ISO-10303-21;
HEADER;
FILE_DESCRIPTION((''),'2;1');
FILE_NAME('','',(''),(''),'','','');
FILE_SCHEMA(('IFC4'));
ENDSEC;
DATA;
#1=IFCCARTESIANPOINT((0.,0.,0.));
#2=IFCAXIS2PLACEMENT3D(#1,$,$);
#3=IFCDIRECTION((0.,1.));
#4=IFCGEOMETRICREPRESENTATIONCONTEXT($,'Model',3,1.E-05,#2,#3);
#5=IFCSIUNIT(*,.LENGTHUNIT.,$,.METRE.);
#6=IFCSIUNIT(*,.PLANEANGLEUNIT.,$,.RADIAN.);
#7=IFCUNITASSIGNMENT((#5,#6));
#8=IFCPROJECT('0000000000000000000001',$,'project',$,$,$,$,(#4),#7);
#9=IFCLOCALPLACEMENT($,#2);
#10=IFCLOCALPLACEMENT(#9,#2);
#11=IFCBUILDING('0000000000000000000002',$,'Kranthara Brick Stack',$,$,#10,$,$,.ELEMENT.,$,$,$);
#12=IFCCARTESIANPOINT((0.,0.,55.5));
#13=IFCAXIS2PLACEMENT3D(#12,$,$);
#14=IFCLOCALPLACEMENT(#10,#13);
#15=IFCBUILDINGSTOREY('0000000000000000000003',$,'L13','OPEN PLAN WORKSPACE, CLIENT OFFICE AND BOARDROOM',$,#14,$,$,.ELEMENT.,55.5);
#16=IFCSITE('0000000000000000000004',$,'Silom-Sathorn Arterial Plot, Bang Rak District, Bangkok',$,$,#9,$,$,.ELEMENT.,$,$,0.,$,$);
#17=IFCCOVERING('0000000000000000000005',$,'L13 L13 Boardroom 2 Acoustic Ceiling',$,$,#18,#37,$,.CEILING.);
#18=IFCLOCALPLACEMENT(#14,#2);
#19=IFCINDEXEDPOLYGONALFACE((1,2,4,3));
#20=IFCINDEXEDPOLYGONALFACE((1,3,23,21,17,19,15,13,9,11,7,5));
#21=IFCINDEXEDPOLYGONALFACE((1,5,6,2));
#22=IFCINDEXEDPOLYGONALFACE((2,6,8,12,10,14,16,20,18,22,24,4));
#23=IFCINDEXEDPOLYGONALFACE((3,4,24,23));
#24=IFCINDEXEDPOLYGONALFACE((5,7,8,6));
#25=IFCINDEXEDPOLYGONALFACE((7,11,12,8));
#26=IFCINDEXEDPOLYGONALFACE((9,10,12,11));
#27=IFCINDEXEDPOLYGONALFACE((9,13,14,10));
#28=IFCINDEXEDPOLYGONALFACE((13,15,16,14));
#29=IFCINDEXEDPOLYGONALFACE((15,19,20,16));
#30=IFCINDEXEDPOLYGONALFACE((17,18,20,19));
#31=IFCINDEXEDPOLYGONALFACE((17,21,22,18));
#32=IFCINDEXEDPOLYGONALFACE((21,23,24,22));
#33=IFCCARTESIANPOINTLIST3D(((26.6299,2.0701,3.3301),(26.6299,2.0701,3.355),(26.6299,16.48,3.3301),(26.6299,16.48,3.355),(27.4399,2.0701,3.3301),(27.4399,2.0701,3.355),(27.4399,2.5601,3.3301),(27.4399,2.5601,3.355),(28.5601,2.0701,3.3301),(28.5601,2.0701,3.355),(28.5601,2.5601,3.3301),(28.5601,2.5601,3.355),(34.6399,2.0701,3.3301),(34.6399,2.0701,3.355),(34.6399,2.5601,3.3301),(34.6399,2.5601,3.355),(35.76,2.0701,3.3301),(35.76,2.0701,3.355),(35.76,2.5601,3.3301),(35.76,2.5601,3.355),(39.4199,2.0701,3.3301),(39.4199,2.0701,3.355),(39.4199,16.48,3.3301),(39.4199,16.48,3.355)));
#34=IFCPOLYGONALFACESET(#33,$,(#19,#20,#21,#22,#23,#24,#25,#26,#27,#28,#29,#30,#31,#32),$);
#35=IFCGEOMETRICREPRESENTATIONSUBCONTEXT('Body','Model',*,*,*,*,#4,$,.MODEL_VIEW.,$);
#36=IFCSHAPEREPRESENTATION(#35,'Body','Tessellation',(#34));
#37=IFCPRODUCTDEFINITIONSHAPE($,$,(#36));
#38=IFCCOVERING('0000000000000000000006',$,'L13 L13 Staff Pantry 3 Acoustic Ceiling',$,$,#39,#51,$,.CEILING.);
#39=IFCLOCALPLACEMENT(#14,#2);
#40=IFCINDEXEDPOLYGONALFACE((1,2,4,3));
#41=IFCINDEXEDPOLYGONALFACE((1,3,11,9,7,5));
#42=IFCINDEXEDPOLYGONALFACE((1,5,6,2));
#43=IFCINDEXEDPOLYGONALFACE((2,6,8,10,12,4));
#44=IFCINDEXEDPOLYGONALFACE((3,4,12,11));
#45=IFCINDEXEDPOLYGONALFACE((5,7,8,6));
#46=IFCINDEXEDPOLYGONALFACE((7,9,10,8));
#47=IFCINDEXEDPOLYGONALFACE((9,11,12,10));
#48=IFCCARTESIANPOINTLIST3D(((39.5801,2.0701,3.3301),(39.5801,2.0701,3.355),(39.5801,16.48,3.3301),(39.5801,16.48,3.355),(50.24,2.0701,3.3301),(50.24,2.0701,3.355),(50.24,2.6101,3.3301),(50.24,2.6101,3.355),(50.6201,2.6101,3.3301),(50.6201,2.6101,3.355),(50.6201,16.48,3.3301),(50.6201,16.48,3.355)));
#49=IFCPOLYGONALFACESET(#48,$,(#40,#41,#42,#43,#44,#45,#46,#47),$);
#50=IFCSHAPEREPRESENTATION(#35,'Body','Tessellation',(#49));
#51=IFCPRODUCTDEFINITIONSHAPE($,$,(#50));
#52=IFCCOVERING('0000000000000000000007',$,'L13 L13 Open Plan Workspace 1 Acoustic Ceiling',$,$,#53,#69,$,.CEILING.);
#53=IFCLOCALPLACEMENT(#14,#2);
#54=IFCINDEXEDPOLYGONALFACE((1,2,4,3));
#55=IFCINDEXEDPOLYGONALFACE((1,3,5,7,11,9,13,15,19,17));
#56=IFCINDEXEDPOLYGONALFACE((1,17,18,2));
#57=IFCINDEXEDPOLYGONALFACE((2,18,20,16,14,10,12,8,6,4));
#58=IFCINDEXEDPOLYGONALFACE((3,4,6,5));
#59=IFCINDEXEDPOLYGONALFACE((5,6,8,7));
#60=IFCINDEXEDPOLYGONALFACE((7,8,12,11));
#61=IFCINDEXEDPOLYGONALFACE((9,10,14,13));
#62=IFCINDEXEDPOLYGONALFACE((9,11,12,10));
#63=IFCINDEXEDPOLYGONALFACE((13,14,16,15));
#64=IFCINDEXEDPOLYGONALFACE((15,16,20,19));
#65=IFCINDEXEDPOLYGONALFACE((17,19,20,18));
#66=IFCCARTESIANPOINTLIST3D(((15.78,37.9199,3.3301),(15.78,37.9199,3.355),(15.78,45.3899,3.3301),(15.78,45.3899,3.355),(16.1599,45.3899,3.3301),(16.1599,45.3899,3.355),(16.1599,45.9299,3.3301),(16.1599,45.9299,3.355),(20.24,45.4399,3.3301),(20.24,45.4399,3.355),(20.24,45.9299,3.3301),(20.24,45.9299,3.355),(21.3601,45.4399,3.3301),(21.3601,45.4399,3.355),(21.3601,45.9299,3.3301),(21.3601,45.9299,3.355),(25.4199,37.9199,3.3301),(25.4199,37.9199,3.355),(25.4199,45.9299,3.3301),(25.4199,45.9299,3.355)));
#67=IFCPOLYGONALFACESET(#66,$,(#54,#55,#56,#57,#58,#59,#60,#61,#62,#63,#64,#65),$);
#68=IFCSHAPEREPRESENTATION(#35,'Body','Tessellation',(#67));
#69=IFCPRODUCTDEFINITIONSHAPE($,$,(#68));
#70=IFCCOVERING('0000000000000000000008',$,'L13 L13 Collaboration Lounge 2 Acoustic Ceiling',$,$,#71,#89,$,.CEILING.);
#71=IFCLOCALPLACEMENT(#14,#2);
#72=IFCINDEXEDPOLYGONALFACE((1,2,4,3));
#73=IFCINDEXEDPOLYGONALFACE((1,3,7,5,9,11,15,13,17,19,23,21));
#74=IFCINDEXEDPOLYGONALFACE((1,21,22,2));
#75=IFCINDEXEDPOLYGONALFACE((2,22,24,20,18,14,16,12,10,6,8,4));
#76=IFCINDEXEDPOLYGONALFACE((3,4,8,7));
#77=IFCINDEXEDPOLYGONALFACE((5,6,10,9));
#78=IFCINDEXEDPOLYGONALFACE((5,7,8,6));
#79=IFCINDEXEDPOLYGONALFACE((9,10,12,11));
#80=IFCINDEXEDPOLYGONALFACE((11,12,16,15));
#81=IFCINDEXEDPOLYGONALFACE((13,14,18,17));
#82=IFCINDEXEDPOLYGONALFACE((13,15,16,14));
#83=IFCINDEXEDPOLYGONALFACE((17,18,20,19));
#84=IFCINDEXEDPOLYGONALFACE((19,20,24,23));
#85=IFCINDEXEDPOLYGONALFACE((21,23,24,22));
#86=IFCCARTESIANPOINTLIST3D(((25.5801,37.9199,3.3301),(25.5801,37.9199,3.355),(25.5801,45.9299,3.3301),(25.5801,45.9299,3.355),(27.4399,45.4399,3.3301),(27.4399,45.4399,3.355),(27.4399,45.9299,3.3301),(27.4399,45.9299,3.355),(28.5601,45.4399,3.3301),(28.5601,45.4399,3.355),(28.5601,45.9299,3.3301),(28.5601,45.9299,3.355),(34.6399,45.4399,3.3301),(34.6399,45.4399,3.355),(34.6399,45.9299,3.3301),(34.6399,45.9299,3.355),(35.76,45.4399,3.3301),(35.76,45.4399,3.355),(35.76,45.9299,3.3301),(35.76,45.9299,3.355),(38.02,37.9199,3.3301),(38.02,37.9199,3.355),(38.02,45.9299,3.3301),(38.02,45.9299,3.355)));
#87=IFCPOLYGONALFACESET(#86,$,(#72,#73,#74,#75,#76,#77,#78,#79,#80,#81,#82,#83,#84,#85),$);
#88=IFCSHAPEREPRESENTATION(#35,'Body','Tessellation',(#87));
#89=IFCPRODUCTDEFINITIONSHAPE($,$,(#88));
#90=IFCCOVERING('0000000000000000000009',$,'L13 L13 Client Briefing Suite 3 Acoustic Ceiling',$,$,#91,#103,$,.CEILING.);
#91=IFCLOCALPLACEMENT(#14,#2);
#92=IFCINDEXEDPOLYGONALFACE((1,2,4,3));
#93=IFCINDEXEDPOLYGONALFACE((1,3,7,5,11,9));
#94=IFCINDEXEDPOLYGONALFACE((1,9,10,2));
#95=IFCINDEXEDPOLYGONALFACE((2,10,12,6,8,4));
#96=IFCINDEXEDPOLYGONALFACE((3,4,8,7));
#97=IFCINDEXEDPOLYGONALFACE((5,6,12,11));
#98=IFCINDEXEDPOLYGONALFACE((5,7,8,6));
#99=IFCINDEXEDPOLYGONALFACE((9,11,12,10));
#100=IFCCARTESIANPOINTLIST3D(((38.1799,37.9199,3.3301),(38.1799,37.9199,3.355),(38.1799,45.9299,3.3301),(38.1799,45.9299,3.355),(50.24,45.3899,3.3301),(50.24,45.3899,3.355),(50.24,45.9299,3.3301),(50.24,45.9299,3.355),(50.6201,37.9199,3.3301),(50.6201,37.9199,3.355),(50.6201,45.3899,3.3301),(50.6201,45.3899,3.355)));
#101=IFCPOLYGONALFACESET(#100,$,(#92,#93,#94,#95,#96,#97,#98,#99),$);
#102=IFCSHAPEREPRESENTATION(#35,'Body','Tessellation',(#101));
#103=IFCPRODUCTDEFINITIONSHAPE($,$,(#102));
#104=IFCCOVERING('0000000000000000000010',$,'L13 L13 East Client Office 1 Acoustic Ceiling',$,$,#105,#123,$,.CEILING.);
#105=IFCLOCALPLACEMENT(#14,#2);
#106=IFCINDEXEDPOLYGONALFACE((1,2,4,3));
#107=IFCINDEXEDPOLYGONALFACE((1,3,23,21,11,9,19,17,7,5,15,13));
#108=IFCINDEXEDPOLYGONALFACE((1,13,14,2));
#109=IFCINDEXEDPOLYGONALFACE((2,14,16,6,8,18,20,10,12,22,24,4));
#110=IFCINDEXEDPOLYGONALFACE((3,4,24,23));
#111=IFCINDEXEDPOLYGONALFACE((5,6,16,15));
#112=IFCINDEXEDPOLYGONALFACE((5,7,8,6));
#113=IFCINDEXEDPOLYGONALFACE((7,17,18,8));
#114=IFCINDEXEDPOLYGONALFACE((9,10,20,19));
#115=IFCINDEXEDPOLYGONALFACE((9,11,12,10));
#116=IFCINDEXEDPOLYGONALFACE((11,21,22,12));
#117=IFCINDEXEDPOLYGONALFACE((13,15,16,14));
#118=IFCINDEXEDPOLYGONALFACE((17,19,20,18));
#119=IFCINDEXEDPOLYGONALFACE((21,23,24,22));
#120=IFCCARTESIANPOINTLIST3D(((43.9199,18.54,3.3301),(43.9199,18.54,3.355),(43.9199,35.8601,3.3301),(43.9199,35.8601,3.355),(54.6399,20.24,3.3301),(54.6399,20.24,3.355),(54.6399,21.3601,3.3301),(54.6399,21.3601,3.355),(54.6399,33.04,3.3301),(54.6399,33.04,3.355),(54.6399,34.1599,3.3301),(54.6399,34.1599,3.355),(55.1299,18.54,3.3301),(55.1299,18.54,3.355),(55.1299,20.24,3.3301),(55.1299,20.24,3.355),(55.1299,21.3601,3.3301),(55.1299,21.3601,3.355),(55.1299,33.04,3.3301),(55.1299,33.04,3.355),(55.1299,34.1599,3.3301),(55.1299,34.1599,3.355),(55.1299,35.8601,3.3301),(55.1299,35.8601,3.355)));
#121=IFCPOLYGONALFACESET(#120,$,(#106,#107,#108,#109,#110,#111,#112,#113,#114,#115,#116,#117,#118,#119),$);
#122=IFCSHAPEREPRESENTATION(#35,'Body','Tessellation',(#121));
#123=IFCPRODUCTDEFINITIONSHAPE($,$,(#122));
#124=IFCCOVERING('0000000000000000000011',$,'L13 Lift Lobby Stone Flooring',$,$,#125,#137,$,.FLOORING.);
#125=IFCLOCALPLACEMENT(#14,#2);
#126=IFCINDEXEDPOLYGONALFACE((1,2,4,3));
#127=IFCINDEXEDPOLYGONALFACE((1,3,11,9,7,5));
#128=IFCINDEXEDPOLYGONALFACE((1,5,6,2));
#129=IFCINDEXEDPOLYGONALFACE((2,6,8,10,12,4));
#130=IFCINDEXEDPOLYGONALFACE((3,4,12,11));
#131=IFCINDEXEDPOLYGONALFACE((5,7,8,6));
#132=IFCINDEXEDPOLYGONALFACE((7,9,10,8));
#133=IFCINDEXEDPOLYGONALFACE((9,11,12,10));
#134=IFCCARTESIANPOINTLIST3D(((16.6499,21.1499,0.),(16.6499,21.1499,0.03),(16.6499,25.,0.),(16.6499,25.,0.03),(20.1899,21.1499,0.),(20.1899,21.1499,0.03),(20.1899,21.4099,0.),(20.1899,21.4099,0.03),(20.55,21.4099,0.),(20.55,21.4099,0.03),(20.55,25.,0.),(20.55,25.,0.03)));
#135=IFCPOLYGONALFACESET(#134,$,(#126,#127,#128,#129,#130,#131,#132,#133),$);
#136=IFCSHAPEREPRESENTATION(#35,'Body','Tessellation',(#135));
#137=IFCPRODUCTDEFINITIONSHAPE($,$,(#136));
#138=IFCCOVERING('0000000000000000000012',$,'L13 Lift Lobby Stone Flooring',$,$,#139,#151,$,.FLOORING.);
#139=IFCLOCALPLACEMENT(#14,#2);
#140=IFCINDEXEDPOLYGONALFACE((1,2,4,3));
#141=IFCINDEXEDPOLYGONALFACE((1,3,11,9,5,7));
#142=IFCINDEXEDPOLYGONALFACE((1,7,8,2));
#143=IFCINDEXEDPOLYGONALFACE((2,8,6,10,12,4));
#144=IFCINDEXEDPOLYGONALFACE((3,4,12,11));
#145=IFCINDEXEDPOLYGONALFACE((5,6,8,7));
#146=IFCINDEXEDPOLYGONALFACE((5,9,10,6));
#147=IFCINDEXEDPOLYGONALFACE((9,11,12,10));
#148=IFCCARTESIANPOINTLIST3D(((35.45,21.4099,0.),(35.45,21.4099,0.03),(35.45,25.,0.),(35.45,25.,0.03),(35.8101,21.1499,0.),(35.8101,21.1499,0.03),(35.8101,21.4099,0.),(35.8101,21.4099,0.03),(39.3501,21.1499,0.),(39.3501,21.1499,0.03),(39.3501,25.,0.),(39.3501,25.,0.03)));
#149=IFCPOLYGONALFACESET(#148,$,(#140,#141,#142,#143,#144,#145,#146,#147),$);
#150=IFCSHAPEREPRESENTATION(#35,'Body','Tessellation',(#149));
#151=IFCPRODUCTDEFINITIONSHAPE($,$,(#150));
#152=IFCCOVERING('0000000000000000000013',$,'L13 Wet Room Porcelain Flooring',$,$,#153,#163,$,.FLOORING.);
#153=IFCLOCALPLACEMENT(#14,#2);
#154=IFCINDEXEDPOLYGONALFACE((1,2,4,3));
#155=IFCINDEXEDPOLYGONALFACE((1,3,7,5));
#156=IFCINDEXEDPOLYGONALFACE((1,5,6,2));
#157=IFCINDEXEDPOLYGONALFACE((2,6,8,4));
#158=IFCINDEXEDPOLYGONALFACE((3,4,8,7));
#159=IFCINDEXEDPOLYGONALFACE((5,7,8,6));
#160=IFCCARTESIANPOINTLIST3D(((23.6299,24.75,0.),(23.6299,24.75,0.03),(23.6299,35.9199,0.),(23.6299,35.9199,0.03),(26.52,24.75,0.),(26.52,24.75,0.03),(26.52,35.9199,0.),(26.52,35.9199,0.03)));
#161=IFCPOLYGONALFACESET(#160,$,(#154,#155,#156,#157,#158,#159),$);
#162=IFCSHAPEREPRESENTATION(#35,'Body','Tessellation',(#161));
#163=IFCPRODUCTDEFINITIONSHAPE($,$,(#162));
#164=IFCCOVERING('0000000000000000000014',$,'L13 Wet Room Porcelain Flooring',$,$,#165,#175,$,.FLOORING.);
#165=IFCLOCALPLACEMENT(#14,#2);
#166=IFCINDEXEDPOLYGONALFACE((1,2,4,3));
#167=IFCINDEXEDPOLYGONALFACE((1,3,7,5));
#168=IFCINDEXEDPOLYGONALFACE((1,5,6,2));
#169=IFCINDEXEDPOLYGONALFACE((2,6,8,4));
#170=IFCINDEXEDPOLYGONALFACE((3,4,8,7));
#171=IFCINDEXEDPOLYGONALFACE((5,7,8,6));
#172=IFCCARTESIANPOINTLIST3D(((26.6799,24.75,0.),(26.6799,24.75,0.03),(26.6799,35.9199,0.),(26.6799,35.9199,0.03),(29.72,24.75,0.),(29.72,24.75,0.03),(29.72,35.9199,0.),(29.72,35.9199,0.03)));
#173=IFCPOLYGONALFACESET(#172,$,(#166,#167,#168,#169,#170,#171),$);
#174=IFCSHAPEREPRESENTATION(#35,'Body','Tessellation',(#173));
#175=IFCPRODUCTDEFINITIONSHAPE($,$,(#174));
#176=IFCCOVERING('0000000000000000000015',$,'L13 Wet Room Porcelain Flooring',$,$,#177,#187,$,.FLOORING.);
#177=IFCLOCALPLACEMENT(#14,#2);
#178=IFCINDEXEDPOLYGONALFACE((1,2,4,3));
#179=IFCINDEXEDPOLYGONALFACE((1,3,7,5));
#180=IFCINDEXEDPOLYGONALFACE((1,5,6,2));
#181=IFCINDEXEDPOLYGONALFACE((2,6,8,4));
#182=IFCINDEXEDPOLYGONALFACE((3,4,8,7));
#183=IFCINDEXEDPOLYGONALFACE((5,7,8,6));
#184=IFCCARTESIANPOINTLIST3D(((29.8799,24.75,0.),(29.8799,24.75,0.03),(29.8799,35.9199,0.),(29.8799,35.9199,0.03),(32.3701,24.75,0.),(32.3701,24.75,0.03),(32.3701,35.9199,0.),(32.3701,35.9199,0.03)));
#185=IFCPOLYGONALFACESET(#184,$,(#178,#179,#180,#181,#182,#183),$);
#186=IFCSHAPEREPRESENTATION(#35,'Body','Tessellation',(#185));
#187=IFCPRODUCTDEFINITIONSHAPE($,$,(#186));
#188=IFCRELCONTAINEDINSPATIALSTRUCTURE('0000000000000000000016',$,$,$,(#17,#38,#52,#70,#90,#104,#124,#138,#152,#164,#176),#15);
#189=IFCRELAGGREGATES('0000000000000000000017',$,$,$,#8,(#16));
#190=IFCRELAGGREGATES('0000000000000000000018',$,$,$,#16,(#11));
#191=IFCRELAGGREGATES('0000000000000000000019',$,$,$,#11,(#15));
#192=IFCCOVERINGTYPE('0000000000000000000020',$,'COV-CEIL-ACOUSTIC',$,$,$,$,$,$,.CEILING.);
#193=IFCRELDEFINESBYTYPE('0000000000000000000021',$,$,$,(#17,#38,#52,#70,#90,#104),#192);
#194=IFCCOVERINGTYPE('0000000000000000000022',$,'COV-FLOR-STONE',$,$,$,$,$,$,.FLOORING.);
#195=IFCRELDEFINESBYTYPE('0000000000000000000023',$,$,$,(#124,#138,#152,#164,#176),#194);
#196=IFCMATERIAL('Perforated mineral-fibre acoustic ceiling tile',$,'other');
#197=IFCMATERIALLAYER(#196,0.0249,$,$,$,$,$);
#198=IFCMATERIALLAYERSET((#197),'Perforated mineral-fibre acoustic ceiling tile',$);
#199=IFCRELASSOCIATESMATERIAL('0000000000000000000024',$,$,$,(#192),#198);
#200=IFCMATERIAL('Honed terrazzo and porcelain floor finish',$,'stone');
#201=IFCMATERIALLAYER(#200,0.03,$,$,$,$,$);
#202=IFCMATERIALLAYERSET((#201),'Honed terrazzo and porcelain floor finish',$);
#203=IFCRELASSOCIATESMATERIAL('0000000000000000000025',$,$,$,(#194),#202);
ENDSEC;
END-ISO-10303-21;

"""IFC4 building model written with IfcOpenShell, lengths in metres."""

from ifc_helpers import new_model, si_unit, direction, frame, origin, place, context, subcontext, project, spatial, polyline, outline, extrude, material, layer, layer_set, type_object, element, save


model = new_model("IFC4")

# Units and contexts
model_context = context("Model", 3, precision=1e-05, world=origin(), true_north=direction((0.0, 1.0)))
body_context = subcontext(model_context, "Body", "Model", "MODEL_VIEW")
ifc_project = project(units=[si_unit("LENGTHUNIT", "METRE"), si_unit("PLANEANGLEUNIT", "RADIAN")], contexts=[model_context])

# Site, building, storey
site_placement = place(None, origin())
site = spatial("IfcSite", under=ifc_project, at=site_placement, Name="Silom-Sathorn Arterial Plot, Bang Rak District, Bangkok", CompositionType="ELEMENT", RefElevation=0.0)
building_placement = place(site_placement, origin())
building = spatial("IfcBuilding", under=site, at=building_placement, Name="Kranthara Brick Stack", CompositionType="ELEMENT")
storey_placement = place(building_placement, frame((0.0, 0.0, 55.5)))
storey = spatial("IfcBuildingStorey", under=building, at=storey_placement, Name="L13", Description="OPEN PLAN WORKSPACE, CLIENT OFFICE AND BOARDROOM", CompositionType="ELEMENT", Elevation=55.5)

# Coverings
ifc_material_1 = material(Name="Perforated mineral-fibre acoustic ceiling tile", Category="other")
ifc_layer_1 = layer(ifc_material_1, 0.0249)
ifc_layer_set_1 = layer_set([ifc_layer_1], Name="Perforated mineral-fibre acoustic ceiling tile")
covering_type_1 = type_object("IfcCoveringType", Name="COV-CEIL-ACOUSTIC", PredefinedType="CEILING", material=ifc_layer_set_1)
covering_1_placement = place(storey_placement, frame((0.0, 0.0, 3.3301)))
element("IfcCovering", 1, at=covering_1_placement, inside=storey, type_object=covering_type_1, Name="L13 L13 Boardroom 2 Acoustic Ceiling", PredefinedType="CEILING", context=body_context, shape_type="SweptSolid", body=[
    extrude(outline(polyline([(26.6299, 16.48), (39.4199, 16.48), (39.4199, 2.0701), (35.76, 2.0701), (35.76, 2.5601), (34.6399, 2.5601), (34.6399, 2.0701), (28.5601, 2.0701), (28.5601, 2.5601), (27.4399, 2.5601), (27.4399, 2.0701), (26.6299, 2.0701), (26.6299, 16.48)])), origin(), (0.0, 0.0, 1.0), 0.0249),
])
covering_2_placement = place(storey_placement, frame((0.0, 0.0, 3.3301)))
element("IfcCovering", 2, at=covering_2_placement, inside=storey, type_object=covering_type_1, Name="L13 L13 Staff Pantry 3 Acoustic Ceiling", PredefinedType="CEILING", context=body_context, shape_type="SweptSolid", body=[
    extrude(outline(polyline([(39.5801, 2.0701), (39.5801, 16.48), (50.6201, 16.48), (50.6201, 2.6101), (50.24, 2.6101), (50.24, 2.0701), (39.5801, 2.0701)])), origin(), (0.0, 0.0, 1.0), 0.0249),
])
covering_3_placement = place(storey_placement, frame((0.0, 0.0, 3.3301)))
element("IfcCovering", 3, at=covering_3_placement, inside=storey, type_object=covering_type_1, Name="L13 L13 Open Plan Workspace 1 Acoustic Ceiling", PredefinedType="CEILING", context=body_context, shape_type="SweptSolid", body=[
    extrude(outline(polyline([(25.4199, 37.9199), (15.78, 37.9199), (15.78, 45.3899), (16.1599, 45.3899), (16.1599, 45.9299), (20.24, 45.9299), (20.24, 45.4399), (21.3601, 45.4399), (21.3601, 45.9299), (25.4199, 45.9299), (25.4199, 37.9199)])), origin(), (0.0, 0.0, 1.0), 0.0249),
])
covering_4_placement = place(storey_placement, frame((0.0, 0.0, 3.3301)))
element("IfcCovering", 4, at=covering_4_placement, inside=storey, type_object=covering_type_1, Name="L13 L13 Collaboration Lounge 2 Acoustic Ceiling", PredefinedType="CEILING", context=body_context, shape_type="SweptSolid", body=[
    extrude(outline(polyline([(38.02, 37.9199), (25.5801, 37.9199), (25.5801, 45.9299), (27.4399, 45.9299), (27.4399, 45.4399), (28.5601, 45.4399), (28.5601, 45.9299), (34.6399, 45.9299), (34.6399, 45.4399), (35.76, 45.4399), (35.76, 45.9299), (38.02, 45.9299), (38.02, 37.9199)])), origin(), (0.0, 0.0, 1.0), 0.0249),
])
covering_5_placement = place(storey_placement, frame((0.0, 0.0, 3.3301)))
element("IfcCovering", 5, at=covering_5_placement, inside=storey, type_object=covering_type_1, Name="L13 L13 Client Briefing Suite 3 Acoustic Ceiling", PredefinedType="CEILING", context=body_context, shape_type="SweptSolid", body=[
    extrude(outline(polyline([(50.6201, 37.9199), (38.1799, 37.9199), (38.1799, 45.9299), (50.24, 45.9299), (50.24, 45.3899), (50.6201, 45.3899), (50.6201, 37.9199)])), origin(), (0.0, 0.0, 1.0), 0.0249),
])
covering_6_placement = place(storey_placement, frame((0.0, 0.0, 3.3301)))
element("IfcCovering", 6, at=covering_6_placement, inside=storey, type_object=covering_type_1, Name="L13 L13 East Client Office 1 Acoustic Ceiling", PredefinedType="CEILING", context=body_context, shape_type="SweptSolid", body=[
    extrude(outline(polyline([(43.9199, 18.54), (43.9199, 35.8601), (55.1299, 35.8601), (55.1299, 34.1599), (54.6399, 34.1599), (54.6399, 33.04), (55.1299, 33.04), (55.1299, 21.3601), (54.6399, 21.3601), (54.6399, 20.24), (55.1299, 20.24), (55.1299, 18.54), (43.9199, 18.54)])), origin(), (0.0, 0.0, 1.0), 0.0249),
])
ifc_material_2 = material(Name="Honed terrazzo and porcelain floor finish", Category="stone")
ifc_layer_2 = layer(ifc_material_2, 0.03)
ifc_layer_set_2 = layer_set([ifc_layer_2], Name="Honed terrazzo and porcelain floor finish")
covering_type_2 = type_object("IfcCoveringType", Name="COV-FLOR-STONE", PredefinedType="FLOORING", material=ifc_layer_set_2)
covering_7_placement = place(storey_placement, origin())
element("IfcCovering", 7, at=covering_7_placement, inside=storey, type_object=covering_type_2, Name="L13 Lift Lobby Stone Flooring", PredefinedType="FLOORING", context=body_context, shape_type="SweptSolid", body=[
    extrude(outline(polyline([(16.6499, 21.1499), (16.6499, 25.0), (20.55, 25.0), (20.55, 21.4099), (20.1899, 21.4099), (20.1899, 21.1499), (16.6499, 21.1499)])), origin(), (0.0, 0.0, 1.0), 0.03),
])
covering_8_placement = place(storey_placement, origin())
element("IfcCovering", 8, at=covering_8_placement, inside=storey, type_object=covering_type_2, Name="L13 Lift Lobby Stone Flooring", PredefinedType="FLOORING", context=body_context, shape_type="SweptSolid", body=[
    extrude(outline(polyline([(35.45, 25.0), (39.3501, 25.0), (39.3501, 21.1499), (35.8101, 21.1499), (35.8101, 21.4099), (35.45, 21.4099), (35.45, 25.0)])), origin(), (0.0, 0.0, 1.0), 0.03),
])
covering_9_placement = place(storey_placement, origin())
element("IfcCovering", 9, at=covering_9_placement, inside=storey, type_object=covering_type_2, Name="L13 Wet Room Porcelain Flooring", PredefinedType="FLOORING", context=body_context, shape_type="SweptSolid", body=[
    extrude(outline(polyline([(26.52, 24.75), (26.52, 35.9199), (23.6299, 35.9199), (23.6299, 24.75), (26.52, 24.75)])), origin(), (0.0, 0.0, 1.0), 0.03),
])
covering_10_placement = place(storey_placement, origin())
element("IfcCovering", 10, at=covering_10_placement, inside=storey, type_object=covering_type_2, Name="L13 Wet Room Porcelain Flooring", PredefinedType="FLOORING", context=body_context, shape_type="SweptSolid", body=[
    extrude(outline(polyline([(29.72, 24.75), (29.72, 35.9199), (26.6799, 35.9199), (26.6799, 24.75), (29.72, 24.75)])), origin(), (0.0, 0.0, 1.0), 0.03),
])
covering_11_placement = place(storey_placement, origin())
element("IfcCovering", 11, at=covering_11_placement, inside=storey, type_object=covering_type_2, Name="L13 Wet Room Porcelain Flooring", PredefinedType="FLOORING", context=body_context, shape_type="SweptSolid", body=[
    extrude(outline(polyline([(32.3701, 24.75), (32.3701, 35.9199), (29.8799, 35.9199), (29.8799, 24.75), (32.3701, 24.75)])), origin(), (0.0, 0.0, 1.0), 0.03),
])

save(model, "model.ifc")
